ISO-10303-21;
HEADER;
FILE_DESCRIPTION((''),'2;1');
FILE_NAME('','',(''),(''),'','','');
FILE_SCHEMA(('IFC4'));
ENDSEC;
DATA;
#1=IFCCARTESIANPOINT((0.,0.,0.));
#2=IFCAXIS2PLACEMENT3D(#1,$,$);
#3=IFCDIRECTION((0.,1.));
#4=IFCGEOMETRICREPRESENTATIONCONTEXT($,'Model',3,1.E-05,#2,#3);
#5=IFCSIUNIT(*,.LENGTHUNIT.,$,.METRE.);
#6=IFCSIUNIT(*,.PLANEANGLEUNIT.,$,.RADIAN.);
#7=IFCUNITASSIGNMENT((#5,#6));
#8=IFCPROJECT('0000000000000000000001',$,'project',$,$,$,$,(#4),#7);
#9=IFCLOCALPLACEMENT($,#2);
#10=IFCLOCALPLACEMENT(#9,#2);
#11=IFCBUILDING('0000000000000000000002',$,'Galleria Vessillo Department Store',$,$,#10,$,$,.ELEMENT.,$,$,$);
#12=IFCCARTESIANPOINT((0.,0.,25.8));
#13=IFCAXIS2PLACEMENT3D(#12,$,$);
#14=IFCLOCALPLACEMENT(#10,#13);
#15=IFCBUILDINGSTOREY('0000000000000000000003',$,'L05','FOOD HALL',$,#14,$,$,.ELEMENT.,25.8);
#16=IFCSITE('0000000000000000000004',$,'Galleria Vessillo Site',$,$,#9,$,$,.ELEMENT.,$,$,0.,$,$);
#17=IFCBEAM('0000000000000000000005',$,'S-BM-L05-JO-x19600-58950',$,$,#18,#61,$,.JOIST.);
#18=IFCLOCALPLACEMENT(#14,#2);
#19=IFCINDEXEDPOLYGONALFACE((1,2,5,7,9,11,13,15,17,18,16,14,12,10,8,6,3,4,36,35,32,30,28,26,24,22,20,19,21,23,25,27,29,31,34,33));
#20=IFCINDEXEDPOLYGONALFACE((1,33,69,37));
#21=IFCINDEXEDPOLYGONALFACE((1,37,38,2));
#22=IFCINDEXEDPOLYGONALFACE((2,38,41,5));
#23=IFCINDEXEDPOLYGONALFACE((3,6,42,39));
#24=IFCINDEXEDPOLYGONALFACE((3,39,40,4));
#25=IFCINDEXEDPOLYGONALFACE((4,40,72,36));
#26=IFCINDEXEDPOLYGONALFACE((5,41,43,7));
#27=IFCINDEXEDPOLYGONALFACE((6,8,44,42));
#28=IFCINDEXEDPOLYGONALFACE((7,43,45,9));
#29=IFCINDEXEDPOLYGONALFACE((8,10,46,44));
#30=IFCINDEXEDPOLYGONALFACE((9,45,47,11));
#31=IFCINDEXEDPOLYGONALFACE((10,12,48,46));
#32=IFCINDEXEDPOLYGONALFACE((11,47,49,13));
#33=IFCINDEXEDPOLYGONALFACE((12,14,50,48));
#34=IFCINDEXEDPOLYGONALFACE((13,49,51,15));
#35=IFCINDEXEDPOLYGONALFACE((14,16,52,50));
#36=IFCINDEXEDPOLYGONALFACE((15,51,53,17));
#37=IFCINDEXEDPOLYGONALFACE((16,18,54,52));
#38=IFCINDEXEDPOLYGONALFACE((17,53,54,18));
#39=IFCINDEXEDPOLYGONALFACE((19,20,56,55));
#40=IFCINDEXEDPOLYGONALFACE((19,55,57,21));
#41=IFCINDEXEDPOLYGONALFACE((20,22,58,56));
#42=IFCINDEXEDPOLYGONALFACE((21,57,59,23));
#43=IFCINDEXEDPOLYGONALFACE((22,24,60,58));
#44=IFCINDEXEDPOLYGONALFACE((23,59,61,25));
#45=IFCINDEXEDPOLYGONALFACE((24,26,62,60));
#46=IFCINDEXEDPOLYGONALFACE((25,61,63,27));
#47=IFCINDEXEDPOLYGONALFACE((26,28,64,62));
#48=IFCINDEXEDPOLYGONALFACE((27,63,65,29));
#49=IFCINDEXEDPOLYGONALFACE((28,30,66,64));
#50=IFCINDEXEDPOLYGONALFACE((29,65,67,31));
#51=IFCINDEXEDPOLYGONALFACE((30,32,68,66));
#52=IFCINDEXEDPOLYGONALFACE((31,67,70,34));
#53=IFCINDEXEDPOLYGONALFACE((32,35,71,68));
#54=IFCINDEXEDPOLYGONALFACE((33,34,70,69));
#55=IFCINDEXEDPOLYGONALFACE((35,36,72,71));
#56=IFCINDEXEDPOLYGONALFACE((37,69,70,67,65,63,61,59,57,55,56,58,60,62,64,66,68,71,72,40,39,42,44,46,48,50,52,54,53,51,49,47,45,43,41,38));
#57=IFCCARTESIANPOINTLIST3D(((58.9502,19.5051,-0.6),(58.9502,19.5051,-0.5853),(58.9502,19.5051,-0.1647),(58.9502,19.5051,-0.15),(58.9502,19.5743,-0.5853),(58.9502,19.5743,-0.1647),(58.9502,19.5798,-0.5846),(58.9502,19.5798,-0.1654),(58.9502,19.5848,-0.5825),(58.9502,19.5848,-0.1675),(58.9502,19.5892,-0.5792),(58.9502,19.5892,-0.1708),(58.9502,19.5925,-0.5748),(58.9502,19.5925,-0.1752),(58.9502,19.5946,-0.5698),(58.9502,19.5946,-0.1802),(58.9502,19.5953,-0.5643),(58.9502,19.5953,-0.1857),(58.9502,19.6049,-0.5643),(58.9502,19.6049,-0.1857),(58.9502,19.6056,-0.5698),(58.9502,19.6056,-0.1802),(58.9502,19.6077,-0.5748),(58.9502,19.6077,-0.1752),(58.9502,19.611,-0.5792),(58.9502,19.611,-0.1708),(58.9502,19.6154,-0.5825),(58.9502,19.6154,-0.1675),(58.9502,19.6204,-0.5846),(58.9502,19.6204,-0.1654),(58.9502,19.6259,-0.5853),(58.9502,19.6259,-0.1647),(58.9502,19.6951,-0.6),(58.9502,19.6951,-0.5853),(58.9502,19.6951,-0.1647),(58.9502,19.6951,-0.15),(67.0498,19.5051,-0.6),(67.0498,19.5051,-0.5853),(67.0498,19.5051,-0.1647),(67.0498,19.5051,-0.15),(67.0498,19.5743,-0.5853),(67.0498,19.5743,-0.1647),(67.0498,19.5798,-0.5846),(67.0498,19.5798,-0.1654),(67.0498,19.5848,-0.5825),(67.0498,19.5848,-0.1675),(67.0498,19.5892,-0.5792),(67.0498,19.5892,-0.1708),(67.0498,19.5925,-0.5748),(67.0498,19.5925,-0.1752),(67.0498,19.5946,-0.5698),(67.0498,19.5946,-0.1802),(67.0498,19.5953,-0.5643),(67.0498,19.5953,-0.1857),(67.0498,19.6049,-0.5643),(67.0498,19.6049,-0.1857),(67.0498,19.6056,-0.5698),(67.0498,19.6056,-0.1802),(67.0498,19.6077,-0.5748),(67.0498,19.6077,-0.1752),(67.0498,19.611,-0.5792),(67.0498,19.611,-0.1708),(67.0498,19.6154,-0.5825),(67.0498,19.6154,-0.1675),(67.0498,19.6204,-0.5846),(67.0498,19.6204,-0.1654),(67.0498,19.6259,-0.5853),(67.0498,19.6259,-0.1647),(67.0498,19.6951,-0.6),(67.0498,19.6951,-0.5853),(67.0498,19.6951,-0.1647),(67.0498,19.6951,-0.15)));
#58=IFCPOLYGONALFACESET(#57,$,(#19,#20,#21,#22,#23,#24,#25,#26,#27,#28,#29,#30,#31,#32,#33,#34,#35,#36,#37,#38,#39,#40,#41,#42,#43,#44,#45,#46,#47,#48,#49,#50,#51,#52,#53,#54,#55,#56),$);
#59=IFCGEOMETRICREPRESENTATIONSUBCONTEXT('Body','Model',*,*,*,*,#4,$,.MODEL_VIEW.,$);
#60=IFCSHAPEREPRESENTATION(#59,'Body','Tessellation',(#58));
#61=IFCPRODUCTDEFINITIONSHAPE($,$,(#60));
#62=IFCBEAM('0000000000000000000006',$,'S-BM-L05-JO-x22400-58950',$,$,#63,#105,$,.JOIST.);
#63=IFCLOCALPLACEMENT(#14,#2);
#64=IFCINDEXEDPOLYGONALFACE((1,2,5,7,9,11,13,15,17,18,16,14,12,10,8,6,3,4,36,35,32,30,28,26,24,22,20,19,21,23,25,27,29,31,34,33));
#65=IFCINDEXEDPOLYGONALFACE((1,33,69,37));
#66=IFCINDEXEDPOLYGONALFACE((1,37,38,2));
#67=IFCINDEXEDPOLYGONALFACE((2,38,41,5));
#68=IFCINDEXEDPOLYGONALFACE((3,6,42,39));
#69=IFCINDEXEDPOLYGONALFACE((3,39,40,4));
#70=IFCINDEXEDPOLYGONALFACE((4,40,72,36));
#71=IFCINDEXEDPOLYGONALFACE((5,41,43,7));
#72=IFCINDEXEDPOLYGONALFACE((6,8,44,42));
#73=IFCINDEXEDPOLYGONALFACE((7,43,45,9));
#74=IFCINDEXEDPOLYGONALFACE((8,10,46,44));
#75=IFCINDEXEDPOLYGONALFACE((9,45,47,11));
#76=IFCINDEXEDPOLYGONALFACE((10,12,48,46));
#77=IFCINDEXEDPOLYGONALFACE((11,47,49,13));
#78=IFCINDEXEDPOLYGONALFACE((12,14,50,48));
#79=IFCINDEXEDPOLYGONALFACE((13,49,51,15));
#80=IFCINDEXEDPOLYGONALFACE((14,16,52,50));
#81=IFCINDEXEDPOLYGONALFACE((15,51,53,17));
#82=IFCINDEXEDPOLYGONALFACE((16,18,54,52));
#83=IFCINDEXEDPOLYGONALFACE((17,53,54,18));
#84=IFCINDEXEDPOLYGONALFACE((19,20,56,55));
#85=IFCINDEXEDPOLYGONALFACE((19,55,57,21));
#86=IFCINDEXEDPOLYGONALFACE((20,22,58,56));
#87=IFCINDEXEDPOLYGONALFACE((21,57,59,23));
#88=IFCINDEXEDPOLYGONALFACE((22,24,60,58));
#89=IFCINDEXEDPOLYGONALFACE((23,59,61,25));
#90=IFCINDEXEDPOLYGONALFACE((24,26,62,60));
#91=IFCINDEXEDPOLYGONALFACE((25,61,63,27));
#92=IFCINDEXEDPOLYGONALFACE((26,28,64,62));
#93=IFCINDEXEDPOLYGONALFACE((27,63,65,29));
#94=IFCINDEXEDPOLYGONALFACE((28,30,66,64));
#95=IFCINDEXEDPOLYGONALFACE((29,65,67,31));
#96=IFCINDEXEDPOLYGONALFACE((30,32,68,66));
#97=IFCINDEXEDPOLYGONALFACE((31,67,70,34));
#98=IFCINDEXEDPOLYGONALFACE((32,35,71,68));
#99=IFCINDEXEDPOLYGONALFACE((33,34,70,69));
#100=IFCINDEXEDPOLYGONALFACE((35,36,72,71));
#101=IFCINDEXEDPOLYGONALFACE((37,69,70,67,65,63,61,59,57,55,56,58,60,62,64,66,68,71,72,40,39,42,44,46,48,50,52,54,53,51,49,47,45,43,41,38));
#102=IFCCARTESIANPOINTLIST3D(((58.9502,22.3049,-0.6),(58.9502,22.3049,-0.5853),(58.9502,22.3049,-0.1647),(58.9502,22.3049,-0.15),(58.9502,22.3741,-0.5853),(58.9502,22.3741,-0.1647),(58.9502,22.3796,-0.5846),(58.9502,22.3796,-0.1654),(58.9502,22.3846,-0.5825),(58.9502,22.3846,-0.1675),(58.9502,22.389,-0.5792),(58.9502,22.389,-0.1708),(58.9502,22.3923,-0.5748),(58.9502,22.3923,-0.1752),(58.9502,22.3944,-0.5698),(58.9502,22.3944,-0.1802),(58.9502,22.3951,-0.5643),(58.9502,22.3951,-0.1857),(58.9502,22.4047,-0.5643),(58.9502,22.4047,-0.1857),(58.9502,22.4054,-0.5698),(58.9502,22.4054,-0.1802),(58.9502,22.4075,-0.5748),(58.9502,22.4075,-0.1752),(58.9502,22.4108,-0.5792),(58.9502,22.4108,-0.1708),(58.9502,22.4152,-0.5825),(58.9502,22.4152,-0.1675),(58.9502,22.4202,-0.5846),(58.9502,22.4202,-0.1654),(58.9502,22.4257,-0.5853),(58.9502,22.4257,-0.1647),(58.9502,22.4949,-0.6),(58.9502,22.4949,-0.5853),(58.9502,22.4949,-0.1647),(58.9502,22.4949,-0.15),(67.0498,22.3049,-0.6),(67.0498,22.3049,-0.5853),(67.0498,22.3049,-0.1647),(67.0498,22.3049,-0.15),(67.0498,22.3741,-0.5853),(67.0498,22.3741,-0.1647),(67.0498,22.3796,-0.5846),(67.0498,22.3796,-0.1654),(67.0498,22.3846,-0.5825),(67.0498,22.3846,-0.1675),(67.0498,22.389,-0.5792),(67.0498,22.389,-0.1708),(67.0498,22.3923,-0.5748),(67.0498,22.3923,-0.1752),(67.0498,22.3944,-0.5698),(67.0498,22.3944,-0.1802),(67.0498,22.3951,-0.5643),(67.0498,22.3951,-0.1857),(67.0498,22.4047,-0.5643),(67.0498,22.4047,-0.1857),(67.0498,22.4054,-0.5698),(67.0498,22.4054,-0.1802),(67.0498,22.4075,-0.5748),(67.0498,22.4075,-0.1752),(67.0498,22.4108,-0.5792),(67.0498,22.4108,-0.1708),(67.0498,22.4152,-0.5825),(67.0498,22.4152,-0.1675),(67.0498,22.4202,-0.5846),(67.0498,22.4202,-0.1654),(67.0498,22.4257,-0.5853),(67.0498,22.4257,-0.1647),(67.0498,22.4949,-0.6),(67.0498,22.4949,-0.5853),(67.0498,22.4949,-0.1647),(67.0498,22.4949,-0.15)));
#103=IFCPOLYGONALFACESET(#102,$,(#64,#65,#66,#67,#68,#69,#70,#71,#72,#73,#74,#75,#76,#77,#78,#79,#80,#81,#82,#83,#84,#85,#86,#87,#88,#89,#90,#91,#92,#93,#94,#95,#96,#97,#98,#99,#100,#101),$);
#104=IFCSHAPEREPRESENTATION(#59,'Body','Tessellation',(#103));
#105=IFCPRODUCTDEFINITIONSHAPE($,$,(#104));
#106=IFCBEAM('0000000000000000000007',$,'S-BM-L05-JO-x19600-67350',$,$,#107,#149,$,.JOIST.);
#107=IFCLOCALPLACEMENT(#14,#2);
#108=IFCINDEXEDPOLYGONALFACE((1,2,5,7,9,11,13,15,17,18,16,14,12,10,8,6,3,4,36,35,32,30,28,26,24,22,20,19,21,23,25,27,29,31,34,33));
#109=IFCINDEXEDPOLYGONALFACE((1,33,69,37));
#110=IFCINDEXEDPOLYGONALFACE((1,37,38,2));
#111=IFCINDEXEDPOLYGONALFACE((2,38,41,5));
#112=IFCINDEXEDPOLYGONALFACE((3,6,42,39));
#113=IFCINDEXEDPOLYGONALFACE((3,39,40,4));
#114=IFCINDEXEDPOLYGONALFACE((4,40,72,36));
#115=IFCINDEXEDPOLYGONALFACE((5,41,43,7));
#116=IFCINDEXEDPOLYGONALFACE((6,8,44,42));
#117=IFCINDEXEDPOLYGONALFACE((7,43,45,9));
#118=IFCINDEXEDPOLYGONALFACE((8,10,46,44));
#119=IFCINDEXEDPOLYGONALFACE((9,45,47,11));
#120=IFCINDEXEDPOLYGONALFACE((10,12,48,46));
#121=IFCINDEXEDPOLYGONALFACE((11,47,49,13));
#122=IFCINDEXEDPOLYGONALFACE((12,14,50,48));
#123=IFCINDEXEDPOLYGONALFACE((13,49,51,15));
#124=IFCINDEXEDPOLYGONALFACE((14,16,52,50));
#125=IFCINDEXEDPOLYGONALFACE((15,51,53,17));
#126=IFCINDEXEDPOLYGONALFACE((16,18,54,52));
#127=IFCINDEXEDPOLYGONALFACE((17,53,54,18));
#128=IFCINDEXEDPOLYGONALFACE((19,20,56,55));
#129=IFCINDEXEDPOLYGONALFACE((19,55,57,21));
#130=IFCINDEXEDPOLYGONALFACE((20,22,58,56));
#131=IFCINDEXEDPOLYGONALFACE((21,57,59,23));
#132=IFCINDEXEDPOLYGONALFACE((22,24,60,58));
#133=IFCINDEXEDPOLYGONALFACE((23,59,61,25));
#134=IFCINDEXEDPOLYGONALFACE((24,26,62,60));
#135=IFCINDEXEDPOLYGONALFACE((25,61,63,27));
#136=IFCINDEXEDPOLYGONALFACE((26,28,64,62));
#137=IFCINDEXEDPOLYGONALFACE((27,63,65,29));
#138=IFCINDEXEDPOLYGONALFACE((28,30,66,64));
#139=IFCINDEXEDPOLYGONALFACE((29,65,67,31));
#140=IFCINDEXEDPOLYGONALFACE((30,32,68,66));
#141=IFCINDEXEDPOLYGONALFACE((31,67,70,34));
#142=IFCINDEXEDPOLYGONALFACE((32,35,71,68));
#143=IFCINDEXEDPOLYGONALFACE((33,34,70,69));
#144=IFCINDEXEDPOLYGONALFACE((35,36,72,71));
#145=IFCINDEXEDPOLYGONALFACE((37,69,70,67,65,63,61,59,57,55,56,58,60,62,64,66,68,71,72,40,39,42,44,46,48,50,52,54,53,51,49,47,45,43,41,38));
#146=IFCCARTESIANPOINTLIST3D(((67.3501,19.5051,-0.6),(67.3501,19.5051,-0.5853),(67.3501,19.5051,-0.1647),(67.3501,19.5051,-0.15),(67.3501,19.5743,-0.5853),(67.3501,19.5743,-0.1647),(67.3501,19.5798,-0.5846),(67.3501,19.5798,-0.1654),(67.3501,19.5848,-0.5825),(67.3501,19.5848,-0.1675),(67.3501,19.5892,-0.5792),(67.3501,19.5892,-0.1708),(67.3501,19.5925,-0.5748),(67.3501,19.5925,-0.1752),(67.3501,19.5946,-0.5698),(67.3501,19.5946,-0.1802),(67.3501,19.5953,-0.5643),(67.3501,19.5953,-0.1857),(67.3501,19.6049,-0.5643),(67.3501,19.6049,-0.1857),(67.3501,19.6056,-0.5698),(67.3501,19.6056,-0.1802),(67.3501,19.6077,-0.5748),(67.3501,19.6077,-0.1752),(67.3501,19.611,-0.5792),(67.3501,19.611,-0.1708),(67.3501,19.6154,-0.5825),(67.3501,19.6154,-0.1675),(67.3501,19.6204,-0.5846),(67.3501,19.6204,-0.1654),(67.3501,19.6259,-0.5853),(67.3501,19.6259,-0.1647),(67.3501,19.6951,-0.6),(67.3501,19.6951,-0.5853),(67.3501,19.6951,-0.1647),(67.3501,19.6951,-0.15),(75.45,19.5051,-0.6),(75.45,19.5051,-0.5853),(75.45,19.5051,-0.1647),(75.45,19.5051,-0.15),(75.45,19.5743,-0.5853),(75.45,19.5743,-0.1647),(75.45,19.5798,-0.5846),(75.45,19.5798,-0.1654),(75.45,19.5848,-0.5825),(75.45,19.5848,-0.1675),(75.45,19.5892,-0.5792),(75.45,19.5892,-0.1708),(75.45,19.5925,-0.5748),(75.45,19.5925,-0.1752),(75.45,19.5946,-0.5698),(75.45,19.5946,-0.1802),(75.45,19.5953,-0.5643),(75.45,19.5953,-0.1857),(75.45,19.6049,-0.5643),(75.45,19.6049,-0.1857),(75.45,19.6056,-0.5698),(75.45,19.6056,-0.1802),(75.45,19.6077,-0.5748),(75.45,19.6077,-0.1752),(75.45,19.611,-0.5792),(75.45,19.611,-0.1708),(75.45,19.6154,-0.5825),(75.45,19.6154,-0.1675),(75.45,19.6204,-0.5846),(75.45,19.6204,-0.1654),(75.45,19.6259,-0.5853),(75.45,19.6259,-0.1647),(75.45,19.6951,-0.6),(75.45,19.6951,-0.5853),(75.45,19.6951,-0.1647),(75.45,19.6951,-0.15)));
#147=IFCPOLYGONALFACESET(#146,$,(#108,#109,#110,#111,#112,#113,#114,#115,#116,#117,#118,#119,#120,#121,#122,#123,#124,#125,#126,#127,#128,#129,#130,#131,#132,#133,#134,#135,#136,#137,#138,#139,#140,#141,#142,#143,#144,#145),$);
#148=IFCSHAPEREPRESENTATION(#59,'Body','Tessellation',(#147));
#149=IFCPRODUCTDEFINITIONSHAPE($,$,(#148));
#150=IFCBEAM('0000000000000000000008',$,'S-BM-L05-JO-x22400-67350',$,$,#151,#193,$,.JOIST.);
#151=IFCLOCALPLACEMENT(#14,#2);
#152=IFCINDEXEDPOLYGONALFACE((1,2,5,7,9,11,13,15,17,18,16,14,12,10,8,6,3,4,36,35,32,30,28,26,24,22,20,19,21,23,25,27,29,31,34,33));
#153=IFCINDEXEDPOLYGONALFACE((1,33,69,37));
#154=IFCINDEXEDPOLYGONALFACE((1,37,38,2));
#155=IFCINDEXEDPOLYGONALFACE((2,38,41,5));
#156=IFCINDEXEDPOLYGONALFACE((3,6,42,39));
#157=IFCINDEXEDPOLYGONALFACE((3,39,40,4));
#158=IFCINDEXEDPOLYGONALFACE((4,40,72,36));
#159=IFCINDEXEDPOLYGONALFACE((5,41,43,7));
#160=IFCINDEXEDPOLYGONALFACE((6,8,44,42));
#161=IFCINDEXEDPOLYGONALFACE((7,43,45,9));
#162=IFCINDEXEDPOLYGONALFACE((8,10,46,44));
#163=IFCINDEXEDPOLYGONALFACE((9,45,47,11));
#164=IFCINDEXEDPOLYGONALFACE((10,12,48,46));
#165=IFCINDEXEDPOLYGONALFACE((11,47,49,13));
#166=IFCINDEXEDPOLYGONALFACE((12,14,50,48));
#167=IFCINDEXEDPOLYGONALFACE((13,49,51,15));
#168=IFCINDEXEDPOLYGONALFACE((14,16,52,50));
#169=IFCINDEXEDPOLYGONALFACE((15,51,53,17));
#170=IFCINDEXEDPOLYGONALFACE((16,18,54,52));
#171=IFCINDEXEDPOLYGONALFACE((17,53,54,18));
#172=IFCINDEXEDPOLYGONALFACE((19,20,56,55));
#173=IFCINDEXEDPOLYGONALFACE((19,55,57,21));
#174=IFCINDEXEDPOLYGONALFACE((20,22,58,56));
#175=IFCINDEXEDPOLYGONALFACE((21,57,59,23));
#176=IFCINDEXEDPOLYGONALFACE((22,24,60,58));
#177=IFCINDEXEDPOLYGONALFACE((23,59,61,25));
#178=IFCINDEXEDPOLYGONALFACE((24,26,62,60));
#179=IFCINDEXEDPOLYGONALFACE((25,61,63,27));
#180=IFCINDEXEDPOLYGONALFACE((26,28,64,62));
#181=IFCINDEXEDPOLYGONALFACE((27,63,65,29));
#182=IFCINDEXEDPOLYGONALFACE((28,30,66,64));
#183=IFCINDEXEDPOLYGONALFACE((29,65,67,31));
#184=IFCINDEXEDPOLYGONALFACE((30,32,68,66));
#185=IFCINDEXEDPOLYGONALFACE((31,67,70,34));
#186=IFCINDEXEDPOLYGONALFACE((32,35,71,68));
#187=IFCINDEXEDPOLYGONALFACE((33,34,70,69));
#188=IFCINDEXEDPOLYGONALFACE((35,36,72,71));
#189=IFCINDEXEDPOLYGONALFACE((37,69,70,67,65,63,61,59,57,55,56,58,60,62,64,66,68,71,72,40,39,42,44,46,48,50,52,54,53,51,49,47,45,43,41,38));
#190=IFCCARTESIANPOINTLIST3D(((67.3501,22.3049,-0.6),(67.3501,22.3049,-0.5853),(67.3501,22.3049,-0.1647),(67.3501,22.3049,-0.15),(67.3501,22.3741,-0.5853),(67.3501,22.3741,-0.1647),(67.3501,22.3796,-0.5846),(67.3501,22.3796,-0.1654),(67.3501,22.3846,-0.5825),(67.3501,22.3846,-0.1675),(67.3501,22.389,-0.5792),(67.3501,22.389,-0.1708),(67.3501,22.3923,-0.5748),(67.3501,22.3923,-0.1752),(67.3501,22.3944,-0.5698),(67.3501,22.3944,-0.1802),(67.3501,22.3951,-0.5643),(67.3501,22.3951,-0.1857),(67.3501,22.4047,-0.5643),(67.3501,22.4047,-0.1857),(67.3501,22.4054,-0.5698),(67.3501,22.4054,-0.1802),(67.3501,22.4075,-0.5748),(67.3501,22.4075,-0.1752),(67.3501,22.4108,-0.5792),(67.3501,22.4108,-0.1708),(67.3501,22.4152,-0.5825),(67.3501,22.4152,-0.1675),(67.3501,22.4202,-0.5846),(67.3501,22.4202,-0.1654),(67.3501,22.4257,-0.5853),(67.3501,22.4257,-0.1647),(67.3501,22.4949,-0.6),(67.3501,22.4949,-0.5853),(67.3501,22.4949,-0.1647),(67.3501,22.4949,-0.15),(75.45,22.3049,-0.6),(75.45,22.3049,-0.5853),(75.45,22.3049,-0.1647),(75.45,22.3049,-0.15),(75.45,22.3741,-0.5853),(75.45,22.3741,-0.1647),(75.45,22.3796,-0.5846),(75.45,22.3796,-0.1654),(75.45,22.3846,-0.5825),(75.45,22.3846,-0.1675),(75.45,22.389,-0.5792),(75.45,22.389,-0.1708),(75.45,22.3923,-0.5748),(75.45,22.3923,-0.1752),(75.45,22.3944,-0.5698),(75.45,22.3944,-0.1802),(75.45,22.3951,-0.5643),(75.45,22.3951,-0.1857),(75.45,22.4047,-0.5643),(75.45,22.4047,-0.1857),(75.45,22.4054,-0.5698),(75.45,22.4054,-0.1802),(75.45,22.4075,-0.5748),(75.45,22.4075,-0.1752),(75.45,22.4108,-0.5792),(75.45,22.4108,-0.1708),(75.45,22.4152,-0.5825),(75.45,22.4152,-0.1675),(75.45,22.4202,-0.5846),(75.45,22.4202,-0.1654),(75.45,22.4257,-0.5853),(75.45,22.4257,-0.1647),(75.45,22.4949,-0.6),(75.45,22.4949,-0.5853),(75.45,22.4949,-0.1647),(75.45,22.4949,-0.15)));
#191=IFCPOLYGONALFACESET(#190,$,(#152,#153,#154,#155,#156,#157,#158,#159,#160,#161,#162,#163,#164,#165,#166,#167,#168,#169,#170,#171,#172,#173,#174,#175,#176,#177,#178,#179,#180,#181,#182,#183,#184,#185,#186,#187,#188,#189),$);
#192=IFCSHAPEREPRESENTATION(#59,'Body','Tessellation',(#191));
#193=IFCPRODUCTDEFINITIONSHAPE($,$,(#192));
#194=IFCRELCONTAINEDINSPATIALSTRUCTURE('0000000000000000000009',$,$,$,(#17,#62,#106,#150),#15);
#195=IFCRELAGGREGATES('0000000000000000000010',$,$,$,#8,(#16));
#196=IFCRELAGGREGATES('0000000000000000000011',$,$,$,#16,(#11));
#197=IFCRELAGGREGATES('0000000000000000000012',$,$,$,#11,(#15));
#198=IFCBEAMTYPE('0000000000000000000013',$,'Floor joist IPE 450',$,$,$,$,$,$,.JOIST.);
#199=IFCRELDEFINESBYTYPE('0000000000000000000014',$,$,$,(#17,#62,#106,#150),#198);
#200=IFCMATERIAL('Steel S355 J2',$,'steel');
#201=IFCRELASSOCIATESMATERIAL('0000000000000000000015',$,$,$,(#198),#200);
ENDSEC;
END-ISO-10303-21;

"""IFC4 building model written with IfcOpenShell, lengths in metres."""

from ifc_helpers import new_model, si_unit, direction, frame, origin, origin_2d, place, context, subcontext, project, spatial, i_section, extrude, material, material_profile, profile_set, type_object, element, save


model = new_model("IFC4")

# Units and contexts
model_context = context("Model", 3, precision=1e-05, world=origin(), true_north=direction((0.0, 1.0)))
body_context = subcontext(model_context, "Body", "Model", "MODEL_VIEW")
ifc_project = project(units=[si_unit("LENGTHUNIT", "METRE"), si_unit("PLANEANGLEUNIT", "RADIAN")], contexts=[model_context])

# Site, building, storey
site_placement = place(None, origin())
site = spatial("IfcSite", under=ifc_project, at=site_placement, Name="Galleria Vessillo Site", CompositionType="ELEMENT", RefElevation=0.0)
building_placement = place(site_placement, origin())
building = spatial("IfcBuilding", under=site, at=building_placement, Name="Galleria Vessillo Department Store", CompositionType="ELEMENT")
storey_placement = place(building_placement, frame((0.0, 0.0, 25.8)))
storey = spatial("IfcBuildingStorey", under=building, at=storey_placement, Name="L05", Description="FOOD HALL", CompositionType="ELEMENT", Elevation=25.8)

# Beams
ifc_material_1 = material(Name="Steel S355 J2", Category="steel")
ifc_material_profile_1 = material_profile(ifc_material_1, i_section(OverallWidth=0.1899, OverallDepth=0.45, WebThickness=0.0095, FlangeThickness=0.0146, FilletRadius=0.021, at=origin_2d()), Name="IPE 450")
ifc_profile_set_1 = profile_set([ifc_material_profile_1], Name="Steel S355 J2")
beam_type_1 = type_object("IfcBeamType", Name="Floor joist IPE 450", PredefinedType="JOIST", material=ifc_profile_set_1)
for number, where, z_axis, x_axis, name in (
    (1, (58.9502, 19.6001, -0.375), (1.0, 0.0, 0.0), (0.0, 1.0, 0.0), "S-BM-L05-JO-x19600-58950"),
    (2, (58.9502, 22.3999, -0.375), (1.0, 0.0, 0.0), (0.0, 1.0, 0.0), "S-BM-L05-JO-x22400-58950"),
):
    element("IfcBeam", number, at=place(storey_placement, frame(where, z_axis=z_axis, x_axis=x_axis)), inside=storey, type_object=beam_type_1, Name=name, PredefinedType="JOIST", context=body_context, shape_type="SweptSolid", body=[
        extrude(i_section(OverallWidth=0.1899, OverallDepth=0.45, WebThickness=0.0095, FlangeThickness=0.0146, FilletRadius=0.021, at=origin_2d()), origin(), (0.0, 0.0, 1.0), 8.0996),
    ])
for number, where, z_axis, x_axis, name in (
    (3, (67.3501, 19.6001, -0.375), (1.0, 0.0, 0.0), (0.0, 1.0, 0.0), "S-BM-L05-JO-x19600-67350"),
    (4, (67.3501, 22.3999, -0.375), (1.0, 0.0, 0.0), (0.0, 1.0, 0.0), "S-BM-L05-JO-x22400-67350"),
):
    element("IfcBeam", number, at=place(storey_placement, frame(where, z_axis=z_axis, x_axis=x_axis)), inside=storey, type_object=beam_type_1, Name=name, PredefinedType="JOIST", context=body_context, shape_type="SweptSolid", body=[
        extrude(i_section(OverallWidth=0.1899, OverallDepth=0.45, WebThickness=0.0095, FlangeThickness=0.0146, FilletRadius=0.021, at=origin_2d()), origin(), (0.0, 0.0, 1.0), 8.0999),
    ])

save(model, "model.ifc")
